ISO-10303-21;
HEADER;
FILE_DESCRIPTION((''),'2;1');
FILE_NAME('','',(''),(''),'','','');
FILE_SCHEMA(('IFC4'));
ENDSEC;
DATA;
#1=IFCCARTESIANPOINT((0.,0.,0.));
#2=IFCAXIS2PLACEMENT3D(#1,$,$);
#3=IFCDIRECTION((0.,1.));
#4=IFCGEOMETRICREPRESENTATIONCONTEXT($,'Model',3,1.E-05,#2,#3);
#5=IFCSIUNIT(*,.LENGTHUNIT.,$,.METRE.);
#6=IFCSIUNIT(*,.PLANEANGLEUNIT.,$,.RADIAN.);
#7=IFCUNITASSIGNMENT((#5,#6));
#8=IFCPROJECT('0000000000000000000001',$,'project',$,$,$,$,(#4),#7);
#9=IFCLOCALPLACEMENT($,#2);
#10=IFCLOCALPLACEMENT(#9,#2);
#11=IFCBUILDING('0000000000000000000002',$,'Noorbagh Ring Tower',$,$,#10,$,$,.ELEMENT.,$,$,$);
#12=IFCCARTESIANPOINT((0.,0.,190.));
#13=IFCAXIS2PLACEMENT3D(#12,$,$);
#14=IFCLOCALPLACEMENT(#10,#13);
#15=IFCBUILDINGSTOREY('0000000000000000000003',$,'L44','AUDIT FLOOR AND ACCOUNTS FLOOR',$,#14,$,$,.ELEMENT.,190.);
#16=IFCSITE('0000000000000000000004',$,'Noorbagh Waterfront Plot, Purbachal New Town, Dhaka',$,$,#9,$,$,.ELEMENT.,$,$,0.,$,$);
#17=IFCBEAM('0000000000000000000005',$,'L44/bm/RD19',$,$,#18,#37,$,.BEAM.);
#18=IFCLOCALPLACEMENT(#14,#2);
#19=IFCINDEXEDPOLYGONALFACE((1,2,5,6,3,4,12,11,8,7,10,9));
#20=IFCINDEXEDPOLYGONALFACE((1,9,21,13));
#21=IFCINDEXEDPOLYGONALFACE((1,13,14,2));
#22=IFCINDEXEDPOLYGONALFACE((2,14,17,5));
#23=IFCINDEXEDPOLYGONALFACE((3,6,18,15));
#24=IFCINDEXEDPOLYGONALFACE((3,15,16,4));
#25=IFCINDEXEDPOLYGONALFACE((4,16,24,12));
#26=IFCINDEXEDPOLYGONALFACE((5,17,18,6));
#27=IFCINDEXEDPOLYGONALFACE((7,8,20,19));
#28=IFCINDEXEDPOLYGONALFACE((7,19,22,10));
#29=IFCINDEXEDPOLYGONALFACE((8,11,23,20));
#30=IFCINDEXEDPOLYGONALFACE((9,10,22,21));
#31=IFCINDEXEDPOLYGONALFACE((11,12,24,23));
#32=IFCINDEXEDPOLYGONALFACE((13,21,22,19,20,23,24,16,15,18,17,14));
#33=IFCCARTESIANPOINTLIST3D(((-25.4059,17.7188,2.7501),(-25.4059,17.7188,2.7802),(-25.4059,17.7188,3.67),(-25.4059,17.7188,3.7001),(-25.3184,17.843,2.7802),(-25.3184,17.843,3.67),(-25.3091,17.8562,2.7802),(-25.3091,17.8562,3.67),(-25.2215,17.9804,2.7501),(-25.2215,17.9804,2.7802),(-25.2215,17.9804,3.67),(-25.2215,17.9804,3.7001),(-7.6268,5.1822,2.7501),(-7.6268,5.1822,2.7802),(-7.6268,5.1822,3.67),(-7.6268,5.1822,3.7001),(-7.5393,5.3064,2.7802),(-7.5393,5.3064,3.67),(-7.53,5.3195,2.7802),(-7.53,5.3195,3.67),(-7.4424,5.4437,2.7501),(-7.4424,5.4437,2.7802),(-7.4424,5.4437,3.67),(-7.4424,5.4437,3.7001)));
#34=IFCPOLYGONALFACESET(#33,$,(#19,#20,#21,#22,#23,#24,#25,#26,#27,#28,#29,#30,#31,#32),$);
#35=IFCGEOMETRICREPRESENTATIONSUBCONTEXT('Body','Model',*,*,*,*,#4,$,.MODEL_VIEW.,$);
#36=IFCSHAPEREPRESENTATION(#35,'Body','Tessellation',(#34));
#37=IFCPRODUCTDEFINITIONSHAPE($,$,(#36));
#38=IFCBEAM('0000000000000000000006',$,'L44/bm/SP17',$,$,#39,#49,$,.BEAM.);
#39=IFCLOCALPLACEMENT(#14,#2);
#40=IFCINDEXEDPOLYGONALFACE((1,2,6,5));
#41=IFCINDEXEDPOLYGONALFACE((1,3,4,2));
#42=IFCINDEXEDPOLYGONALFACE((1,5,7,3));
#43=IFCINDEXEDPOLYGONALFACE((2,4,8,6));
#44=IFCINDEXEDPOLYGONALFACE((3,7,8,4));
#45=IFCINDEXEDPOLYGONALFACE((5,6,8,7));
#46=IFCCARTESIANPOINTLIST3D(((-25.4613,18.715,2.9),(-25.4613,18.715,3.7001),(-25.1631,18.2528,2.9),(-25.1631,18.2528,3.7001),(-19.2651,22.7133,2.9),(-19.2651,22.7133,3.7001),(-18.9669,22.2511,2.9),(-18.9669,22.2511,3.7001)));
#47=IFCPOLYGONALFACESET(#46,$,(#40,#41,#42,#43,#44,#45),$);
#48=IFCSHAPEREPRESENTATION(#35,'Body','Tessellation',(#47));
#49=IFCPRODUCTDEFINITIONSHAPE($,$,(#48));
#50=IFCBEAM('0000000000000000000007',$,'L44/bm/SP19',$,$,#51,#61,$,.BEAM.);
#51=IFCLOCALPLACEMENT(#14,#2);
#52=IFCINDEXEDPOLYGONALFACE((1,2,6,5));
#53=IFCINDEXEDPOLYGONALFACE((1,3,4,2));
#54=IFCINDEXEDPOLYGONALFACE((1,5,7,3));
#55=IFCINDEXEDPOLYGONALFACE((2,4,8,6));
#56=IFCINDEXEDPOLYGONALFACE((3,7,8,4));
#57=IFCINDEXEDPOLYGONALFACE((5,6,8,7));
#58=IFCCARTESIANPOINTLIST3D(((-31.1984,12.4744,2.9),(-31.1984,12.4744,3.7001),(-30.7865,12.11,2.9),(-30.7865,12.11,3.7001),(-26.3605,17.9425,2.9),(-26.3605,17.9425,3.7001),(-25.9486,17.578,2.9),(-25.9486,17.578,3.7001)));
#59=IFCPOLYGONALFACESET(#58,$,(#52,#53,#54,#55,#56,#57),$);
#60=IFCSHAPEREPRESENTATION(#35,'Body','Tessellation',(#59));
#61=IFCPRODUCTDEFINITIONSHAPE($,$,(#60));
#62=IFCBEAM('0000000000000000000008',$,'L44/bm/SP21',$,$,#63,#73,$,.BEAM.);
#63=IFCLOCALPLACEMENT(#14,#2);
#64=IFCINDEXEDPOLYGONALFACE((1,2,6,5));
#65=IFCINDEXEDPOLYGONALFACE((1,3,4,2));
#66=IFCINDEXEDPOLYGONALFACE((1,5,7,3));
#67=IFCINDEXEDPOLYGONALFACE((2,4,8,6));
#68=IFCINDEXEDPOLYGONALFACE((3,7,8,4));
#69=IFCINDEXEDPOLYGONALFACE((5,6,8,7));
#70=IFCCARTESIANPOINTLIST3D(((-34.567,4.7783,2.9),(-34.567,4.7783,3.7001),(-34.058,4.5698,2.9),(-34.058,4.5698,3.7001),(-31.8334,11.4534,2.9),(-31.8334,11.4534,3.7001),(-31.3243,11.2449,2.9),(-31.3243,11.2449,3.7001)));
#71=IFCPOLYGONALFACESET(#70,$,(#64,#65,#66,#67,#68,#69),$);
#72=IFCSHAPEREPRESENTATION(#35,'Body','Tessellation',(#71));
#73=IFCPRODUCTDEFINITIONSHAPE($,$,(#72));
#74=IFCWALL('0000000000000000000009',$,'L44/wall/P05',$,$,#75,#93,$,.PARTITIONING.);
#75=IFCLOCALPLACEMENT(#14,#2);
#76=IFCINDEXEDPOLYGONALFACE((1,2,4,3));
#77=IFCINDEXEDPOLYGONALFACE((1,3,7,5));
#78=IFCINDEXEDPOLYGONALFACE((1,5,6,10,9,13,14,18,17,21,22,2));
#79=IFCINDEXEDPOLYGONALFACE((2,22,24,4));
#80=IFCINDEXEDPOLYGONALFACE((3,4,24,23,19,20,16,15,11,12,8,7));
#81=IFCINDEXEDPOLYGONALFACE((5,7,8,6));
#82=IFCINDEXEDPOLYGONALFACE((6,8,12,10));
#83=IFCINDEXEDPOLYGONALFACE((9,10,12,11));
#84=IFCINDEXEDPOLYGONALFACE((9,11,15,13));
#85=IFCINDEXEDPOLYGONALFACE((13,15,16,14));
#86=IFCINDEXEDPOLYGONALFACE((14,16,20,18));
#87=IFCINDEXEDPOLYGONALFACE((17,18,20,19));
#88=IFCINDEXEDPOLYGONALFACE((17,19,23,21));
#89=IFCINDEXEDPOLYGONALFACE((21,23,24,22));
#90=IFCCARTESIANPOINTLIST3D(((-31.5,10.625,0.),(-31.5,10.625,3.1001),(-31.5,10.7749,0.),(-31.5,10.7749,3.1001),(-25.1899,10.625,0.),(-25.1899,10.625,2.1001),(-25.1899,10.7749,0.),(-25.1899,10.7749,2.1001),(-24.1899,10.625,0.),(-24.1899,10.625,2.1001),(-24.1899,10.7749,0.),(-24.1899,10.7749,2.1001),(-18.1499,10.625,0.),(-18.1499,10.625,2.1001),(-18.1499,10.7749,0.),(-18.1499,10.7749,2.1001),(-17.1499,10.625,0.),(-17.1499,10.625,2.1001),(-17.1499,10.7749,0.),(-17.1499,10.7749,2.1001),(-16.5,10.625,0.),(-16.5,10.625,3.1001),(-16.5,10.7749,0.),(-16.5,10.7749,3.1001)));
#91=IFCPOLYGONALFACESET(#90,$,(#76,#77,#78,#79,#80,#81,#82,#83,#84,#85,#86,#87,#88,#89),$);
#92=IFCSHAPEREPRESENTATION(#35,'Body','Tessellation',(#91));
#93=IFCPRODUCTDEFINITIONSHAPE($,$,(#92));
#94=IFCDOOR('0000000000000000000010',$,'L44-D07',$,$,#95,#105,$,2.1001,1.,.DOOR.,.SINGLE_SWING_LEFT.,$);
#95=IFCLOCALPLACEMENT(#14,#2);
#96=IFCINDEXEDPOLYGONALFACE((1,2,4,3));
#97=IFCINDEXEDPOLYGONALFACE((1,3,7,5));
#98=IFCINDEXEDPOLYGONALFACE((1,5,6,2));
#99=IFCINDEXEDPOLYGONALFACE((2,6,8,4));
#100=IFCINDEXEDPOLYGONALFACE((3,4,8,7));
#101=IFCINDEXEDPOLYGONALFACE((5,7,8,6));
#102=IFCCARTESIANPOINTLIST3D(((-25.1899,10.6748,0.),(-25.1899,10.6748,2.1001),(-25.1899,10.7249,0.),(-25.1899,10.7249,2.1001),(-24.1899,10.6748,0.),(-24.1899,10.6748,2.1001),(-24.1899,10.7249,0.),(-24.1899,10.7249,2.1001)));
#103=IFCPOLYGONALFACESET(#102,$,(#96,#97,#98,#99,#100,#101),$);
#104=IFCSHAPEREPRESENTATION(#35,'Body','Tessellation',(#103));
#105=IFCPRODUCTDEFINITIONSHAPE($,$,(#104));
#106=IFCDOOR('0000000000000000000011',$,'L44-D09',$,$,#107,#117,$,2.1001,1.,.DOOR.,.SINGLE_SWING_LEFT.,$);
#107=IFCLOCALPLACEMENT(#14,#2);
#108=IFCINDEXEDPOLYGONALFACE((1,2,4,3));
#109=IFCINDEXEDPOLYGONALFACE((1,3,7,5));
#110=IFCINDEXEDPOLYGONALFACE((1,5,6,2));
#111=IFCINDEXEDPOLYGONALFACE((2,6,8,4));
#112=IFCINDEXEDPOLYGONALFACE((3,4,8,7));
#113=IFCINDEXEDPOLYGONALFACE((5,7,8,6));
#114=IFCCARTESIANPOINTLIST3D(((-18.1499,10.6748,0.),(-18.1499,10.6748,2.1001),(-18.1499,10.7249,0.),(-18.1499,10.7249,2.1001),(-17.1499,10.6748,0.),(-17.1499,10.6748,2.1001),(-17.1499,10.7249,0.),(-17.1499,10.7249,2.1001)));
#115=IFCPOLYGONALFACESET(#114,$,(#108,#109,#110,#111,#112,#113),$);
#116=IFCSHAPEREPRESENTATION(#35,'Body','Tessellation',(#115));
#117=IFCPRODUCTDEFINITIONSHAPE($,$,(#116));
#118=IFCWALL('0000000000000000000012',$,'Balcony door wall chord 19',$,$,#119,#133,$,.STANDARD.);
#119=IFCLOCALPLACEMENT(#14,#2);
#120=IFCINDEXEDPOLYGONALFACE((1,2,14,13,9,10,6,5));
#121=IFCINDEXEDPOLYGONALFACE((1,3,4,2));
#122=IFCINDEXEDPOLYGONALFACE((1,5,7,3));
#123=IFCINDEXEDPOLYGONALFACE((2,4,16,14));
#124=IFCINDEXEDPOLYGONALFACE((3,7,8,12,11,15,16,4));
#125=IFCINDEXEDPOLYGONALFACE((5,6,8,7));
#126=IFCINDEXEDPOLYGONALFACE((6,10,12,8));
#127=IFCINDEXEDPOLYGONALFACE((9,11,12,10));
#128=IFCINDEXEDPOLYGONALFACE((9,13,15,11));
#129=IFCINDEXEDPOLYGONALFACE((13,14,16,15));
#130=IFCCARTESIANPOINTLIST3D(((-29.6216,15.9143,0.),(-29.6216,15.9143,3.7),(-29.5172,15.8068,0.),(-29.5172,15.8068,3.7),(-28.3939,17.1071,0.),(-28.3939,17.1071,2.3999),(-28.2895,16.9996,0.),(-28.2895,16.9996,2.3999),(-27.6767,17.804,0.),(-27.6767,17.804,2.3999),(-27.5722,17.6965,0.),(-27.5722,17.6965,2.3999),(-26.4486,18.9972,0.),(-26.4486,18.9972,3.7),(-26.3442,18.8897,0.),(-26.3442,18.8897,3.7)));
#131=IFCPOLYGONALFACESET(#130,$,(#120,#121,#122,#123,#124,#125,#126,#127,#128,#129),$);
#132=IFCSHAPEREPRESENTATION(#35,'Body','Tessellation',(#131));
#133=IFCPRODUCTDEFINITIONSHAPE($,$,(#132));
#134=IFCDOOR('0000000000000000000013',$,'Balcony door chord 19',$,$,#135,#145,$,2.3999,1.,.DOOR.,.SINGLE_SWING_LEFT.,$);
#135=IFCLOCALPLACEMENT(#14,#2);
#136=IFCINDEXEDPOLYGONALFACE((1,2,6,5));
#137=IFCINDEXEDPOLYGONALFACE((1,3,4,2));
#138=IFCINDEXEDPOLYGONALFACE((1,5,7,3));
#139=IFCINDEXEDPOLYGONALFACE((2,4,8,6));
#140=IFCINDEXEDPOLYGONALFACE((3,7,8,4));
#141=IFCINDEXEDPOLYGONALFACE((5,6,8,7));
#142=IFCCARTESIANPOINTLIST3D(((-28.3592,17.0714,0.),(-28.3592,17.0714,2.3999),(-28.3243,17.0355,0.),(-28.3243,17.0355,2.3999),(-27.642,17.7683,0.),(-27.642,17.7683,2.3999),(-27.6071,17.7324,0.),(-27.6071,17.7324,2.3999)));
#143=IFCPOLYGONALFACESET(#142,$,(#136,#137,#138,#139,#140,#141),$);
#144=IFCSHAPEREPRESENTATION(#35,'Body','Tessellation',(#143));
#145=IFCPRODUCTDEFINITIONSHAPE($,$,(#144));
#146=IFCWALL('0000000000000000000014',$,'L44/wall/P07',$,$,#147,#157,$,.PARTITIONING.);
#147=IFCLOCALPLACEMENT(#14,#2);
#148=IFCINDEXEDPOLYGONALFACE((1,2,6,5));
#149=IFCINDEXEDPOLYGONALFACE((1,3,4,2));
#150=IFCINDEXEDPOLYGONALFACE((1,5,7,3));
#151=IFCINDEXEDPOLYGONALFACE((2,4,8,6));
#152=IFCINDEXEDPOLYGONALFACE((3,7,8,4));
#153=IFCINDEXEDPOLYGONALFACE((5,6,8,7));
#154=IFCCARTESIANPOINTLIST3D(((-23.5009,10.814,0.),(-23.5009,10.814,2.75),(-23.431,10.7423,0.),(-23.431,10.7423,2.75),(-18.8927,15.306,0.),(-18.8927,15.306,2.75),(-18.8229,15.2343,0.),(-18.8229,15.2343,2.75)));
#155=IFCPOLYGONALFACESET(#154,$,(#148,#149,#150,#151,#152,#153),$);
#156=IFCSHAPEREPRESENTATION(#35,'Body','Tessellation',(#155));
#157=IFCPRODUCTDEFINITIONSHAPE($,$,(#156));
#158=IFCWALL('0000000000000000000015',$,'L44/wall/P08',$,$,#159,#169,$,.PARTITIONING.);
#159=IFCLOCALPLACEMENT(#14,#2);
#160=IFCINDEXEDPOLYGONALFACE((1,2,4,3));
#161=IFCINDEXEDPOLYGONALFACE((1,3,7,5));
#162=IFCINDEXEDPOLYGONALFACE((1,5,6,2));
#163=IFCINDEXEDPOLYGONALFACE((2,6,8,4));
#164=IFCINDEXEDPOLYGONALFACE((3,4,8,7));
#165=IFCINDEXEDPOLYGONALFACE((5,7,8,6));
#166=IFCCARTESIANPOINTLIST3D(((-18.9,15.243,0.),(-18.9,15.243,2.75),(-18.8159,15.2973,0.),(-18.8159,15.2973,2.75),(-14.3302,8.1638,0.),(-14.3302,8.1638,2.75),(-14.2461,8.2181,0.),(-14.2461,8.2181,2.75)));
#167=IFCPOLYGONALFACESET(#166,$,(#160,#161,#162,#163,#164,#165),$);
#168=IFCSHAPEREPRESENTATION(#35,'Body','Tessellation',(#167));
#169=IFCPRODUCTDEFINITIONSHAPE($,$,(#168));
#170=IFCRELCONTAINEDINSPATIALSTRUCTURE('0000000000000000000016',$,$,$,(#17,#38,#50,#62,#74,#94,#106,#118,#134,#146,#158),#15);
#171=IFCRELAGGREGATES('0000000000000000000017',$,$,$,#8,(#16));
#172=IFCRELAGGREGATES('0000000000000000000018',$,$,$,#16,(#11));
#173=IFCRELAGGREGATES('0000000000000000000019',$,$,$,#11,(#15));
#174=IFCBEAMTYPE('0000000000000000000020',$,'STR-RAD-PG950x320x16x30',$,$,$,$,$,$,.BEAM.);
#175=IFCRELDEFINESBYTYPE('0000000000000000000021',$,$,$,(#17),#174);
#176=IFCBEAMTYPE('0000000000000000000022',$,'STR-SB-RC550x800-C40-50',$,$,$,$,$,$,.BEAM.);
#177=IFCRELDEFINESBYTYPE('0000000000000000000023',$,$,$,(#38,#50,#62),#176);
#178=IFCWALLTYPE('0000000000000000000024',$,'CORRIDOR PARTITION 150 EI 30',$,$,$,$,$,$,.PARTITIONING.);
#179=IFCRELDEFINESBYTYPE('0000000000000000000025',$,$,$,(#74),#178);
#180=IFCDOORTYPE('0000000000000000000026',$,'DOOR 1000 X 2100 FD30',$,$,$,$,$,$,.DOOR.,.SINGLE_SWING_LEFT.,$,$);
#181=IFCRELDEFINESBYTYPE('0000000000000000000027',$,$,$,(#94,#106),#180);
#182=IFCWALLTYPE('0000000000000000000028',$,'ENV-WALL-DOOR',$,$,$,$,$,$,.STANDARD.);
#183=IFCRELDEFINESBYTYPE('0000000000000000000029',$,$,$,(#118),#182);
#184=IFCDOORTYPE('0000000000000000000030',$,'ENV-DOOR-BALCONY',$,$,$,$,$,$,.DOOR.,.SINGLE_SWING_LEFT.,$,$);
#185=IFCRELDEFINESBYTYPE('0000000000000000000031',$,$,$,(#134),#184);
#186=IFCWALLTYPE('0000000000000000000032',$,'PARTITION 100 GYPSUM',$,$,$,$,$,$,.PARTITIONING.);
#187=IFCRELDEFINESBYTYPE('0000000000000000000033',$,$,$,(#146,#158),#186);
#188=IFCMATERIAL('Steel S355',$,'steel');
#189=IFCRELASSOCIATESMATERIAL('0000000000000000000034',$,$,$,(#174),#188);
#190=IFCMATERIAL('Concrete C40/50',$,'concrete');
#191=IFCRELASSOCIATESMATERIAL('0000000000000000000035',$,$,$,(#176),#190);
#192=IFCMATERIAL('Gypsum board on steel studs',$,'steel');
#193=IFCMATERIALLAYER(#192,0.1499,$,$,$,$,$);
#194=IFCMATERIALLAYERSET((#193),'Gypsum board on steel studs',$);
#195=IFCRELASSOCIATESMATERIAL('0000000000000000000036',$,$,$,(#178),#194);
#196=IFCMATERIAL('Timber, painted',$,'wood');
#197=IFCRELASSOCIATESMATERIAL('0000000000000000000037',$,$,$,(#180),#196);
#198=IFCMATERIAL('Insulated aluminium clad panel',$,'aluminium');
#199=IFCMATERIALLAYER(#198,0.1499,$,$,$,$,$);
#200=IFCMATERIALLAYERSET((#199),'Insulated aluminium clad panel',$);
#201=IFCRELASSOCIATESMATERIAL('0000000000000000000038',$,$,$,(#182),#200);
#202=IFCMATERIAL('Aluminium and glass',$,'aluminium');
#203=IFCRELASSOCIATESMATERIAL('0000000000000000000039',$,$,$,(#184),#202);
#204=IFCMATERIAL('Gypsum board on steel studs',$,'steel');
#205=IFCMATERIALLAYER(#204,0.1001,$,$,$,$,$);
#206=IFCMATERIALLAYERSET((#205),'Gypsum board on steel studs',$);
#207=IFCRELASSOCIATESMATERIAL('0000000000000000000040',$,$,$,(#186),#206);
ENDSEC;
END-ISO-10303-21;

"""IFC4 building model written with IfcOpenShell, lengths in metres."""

from ifc_helpers import new_model, si_unit, direction, frame, frame_2d, origin, origin_2d, place, context, subcontext, project, spatial, rectangle, i_section, extrude, material, layer, layer_set, material_profile, profile_set, type_object, element, fill, save


model = new_model("IFC4")

# Units and contexts
model_context = context("Model", 3, precision=1e-05, world=origin(), true_north=direction((0.0, 1.0)))
body_context = subcontext(model_context, "Body", "Model", "MODEL_VIEW")
ifc_project = project(units=[si_unit("LENGTHUNIT", "METRE"), si_unit("PLANEANGLEUNIT", "RADIAN")], contexts=[model_context])

# Site, building, storey
site_placement = place(None, origin())
site = spatial("IfcSite", under=ifc_project, at=site_placement, Name="Noorbagh Waterfront Plot, Purbachal New Town, Dhaka", CompositionType="ELEMENT", RefElevation=0.0)
building_placement = place(site_placement, origin())
building = spatial("IfcBuilding", under=site, at=building_placement, Name="Noorbagh Ring Tower", CompositionType="ELEMENT")
storey_placement = place(building_placement, frame((0.0, 0.0, 190.0)))
storey = spatial("IfcBuildingStorey", under=building, at=storey_placement, Name="L44", Description="AUDIT FLOOR AND ACCOUNTS FLOOR", CompositionType="ELEMENT", Elevation=190.0)

# Beams
ifc_material_1 = material(Name="Steel S355", Category="steel")
ifc_material_profile_1 = material_profile(ifc_material_1, i_section(OverallWidth=0.3201, OverallDepth=0.95, WebThickness=0.0161, FlangeThickness=0.03, at=origin_2d()), Name="PG950x320x16x30")
ifc_profile_set_1 = profile_set([ifc_material_profile_1], Name="Steel S355")
beam_type_1 = type_object("IfcBeamType", Name="STR-RAD-PG950x320x16x30", PredefinedType="BEAM", material=ifc_profile_set_1)
beam_1_placement = place(storey_placement, frame((-25.3137, 17.8496, 3.2251), z_axis=(0.817256, -0.576275, 0.0), x_axis=(0.576275, 0.817256, 0.0)))
element("IfcBeam", 1, at=beam_1_placement, inside=storey, type_object=beam_type_1, Name="L44/bm/RD19", PredefinedType="BEAM", context=body_context, shape_type="SweptSolid", body=[
    extrude(i_section(OverallWidth=0.3201, OverallDepth=0.95, WebThickness=0.0161, FlangeThickness=0.03, at=origin_2d()), origin(), (0.0, 0.0, 1.0), 21.7546),
])
ifc_material_2 = material(Name="Concrete C40/50", Category="concrete")
ifc_material_profile_2 = material_profile(ifc_material_2, rectangle(XDim=0.55, YDim=0.8, at=origin_2d()), Name="RC550x800")
ifc_profile_set_2 = profile_set([ifc_material_profile_2], Name="Concrete C40/50")
beam_type_2 = type_object("IfcBeamType", Name="STR-SB-RC550x800-C40-50", PredefinedType="BEAM", material=ifc_profile_set_2)
beam_2_placement = place(storey_placement, frame((-19.116, 22.4822, 3.3), z_axis=(-0.840254, -0.542192, 0.0), x_axis=(0.542192, -0.840254, 0.0)))
element("IfcBeam", 2, at=beam_2_placement, inside=storey, type_object=beam_type_2, Name="L44/bm/SP17", PredefinedType="BEAM", context=body_context, shape_type="SweptSolid", body=[
    extrude(rectangle(XDim=0.55, YDim=0.8, at=origin_2d()), origin(), (0.0, 0.0, 1.0), 7.3743),
])
beam_3_placement = place(storey_placement, frame((-26.1545, 17.7603, 3.3), z_axis=(-0.662635, -0.748942, 0.0), x_axis=(0.748942, -0.662635, 0.0)))
element("IfcBeam", 3, at=beam_3_placement, inside=storey, type_object=beam_type_2, Name="L44/bm/SP19", PredefinedType="BEAM", context=body_context, shape_type="SweptSolid", body=[
    extrude(rectangle(XDim=0.55, YDim=0.8, at=origin_2d()), origin(), (0.0, 0.0, 1.0), 7.301),
])
beam_4_placement = place(storey_placement, frame((-31.5789, 11.3491, 3.3), z_axis=(-0.378982, -0.925404, 0.0), x_axis=(0.925404, -0.378982, 0.0)))
element("IfcBeam", 4, at=beam_4_placement, inside=storey, type_object=beam_type_2, Name="L44/bm/SP21", PredefinedType="BEAM", context=body_context, shape_type="SweptSolid", body=[
    extrude(rectangle(XDim=0.55, YDim=0.8, at=origin_2d()), origin(), (0.0, 0.0, 1.0), 7.2131),
])

# Wall, openings, doors
ifc_material_3 = material(Name="Gypsum board on steel studs", Category="steel")
ifc_layer_1 = layer(ifc_material_3, 0.1499)
ifc_layer_set_1 = layer_set([ifc_layer_1], Name="Gypsum board on steel studs")
wall_type_1 = type_object("IfcWallType", Name="CORRIDOR PARTITION 150 EI 30", PredefinedType="PARTITIONING", material=ifc_layer_set_1)
wall_1_placement = place(storey_placement, frame((-31.5, 10.7, 0.0), z_axis=(0.0, 0.0, 1.0), x_axis=(1.0, 0.0, 0.0)))
wall_1 = element("IfcWall", 5, at=wall_1_placement, inside=storey, type_object=wall_type_1, Name="L44/wall/P05", PredefinedType="PARTITIONING", context=body_context, shape_type="SweptSolid", body=[
    extrude(rectangle(XDim=15.0, YDim=0.1499, at=frame_2d((7.5, 0.0))), origin(), (0.0, 0.0, 1.0), 3.1001),
])
opening_1_placement = place(wall_1_placement, frame((6.3101, 0.0, 0.0)))
opening_1 = element("IfcOpeningElement", 6, at=opening_1_placement, cuts=wall_1, PredefinedType="OPENING", context=body_context, shape_type="SweptSolid", body=[
    extrude(rectangle(XDim=1.0, YDim=2.1001, at=frame_2d((0.5, 1.05))), frame((0.0, 0.085, 0.0), z_axis=(0.0, -1.0, 0.0), x_axis=(1.0, 0.0, 0.0)), (0.0, 0.0, 1.0), 0.1699),
])
opening_2_placement = place(wall_1_placement, frame((13.3501, 0.0, 0.0)))
opening_2 = element("IfcOpeningElement", 7, at=opening_2_placement, cuts=wall_1, PredefinedType="OPENING", context=body_context, shape_type="SweptSolid", body=[
    extrude(rectangle(XDim=1.0, YDim=2.1001, at=frame_2d((0.5, 1.05))), frame((0.0, 0.085, 0.0), z_axis=(0.0, -1.0, 0.0), x_axis=(1.0, 0.0, 0.0)), (0.0, 0.0, 1.0), 0.1699),
])
ifc_material_4 = material(Name="Timber, painted", Category="wood")
door_type_1 = type_object("IfcDoorType", Name="DOOR 1000 X 2100 FD30", OperationType="SINGLE_SWING_LEFT", PredefinedType="DOOR", material=ifc_material_4)
door_1_placement = place(opening_1_placement, origin())
door_1 = element("IfcDoor", 8, at=door_1_placement, inside=storey, type_object=door_type_1, Name="L44-D07", OperationType="SINGLE_SWING_LEFT", OverallHeight=2.1001, OverallWidth=1.0, PredefinedType="DOOR", context=body_context, shape_type="SweptSolid", body=[
    extrude(rectangle(XDim=1.0, YDim=2.1001, at=frame_2d((0.5, 1.05))), frame((0.0, 0.0249, 0.0), z_axis=(0.0, -1.0, 0.0), x_axis=(1.0, 0.0, 0.0)), (0.0, 0.0, 1.0), 0.05),
])
fill(opening_1, door_1)
door_2_placement = place(opening_2_placement, origin())
door_2 = element("IfcDoor", 9, at=door_2_placement, inside=storey, type_object=door_type_1, Name="L44-D09", OperationType="SINGLE_SWING_LEFT", OverallHeight=2.1001, OverallWidth=1.0, PredefinedType="DOOR", context=body_context, shape_type="SweptSolid", body=[
    extrude(rectangle(XDim=1.0, YDim=2.1001, at=frame_2d((0.5, 1.05))), frame((0.0, 0.0249, 0.0), z_axis=(0.0, -1.0, 0.0), x_axis=(1.0, 0.0, 0.0)), (0.0, 0.0, 1.0), 0.05),
])
fill(opening_2, door_2)

# Wall, opening, door
ifc_material_5 = material(Name="Insulated aluminium clad panel", Category="aluminium")
ifc_layer_2 = layer(ifc_material_5, 0.1499)
ifc_layer_set_2 = layer_set([ifc_layer_2], Name="Insulated aluminium clad panel")
wall_type_2 = type_object("IfcWallType", Name="ENV-WALL-DOOR", PredefinedType="STANDARD", material=ifc_layer_set_2)
wall_2_placement = place(storey_placement, frame((-26.3965, 18.9434, 0.0), z_axis=(0.0, 0.0, 1.0), x_axis=(-0.717215, -0.696852, 0.0)))
wall_2 = element("IfcWall", 10, at=wall_2_placement, inside=storey, type_object=wall_type_2, Name="Balcony door wall chord 19", PredefinedType="STANDARD", context=body_context, shape_type="SweptSolid", body=[
    extrude(rectangle(XDim=4.4241, YDim=0.1499, at=frame_2d((2.2119, 0.0))), origin(), (0.0, 0.0, 1.0), 3.7),
])
opening_3_placement = place(wall_2_placement, frame((1.7122, 0.0, 0.0)))
opening_3 = element("IfcOpeningElement", 11, at=opening_3_placement, cuts=wall_2, PredefinedType="OPENING", context=body_context, shape_type="SweptSolid", body=[
    extrude(rectangle(XDim=1.0, YDim=2.3999, at=frame_2d((0.5, 1.2))), frame((0.0, 0.085, 0.0), z_axis=(0.0, -1.0, 0.0), x_axis=(1.0, 0.0, 0.0)), (0.0, 0.0, 1.0), 0.1699),
])
ifc_material_6 = material(Name="Aluminium and glass", Category="aluminium")
door_type_2 = type_object("IfcDoorType", Name="ENV-DOOR-BALCONY", OperationType="SINGLE_SWING_LEFT", PredefinedType="DOOR", material=ifc_material_6)
door_3_placement = place(opening_3_placement, origin())
door_3 = element("IfcDoor", 12, at=door_3_placement, inside=storey, type_object=door_type_2, Name="Balcony door chord 19", OperationType="SINGLE_SWING_LEFT", OverallHeight=2.3999, OverallWidth=1.0, PredefinedType="DOOR", context=body_context, shape_type="SweptSolid", body=[
    extrude(rectangle(XDim=1.0, YDim=2.3999, at=frame_2d((0.5, 1.2))), frame((0.0, 0.0249, 0.0), z_axis=(0.0, -1.0, 0.0), x_axis=(1.0, 0.0, 0.0)), (0.0, 0.0, 1.0), 0.05),
])
fill(opening_3, door_3)

# Walls
ifc_material_7 = material(Name="Gypsum board on steel studs", Category="steel")
ifc_layer_3 = layer(ifc_material_7, 0.1001)
ifc_layer_set_3 = layer_set([ifc_layer_3], Name="Gypsum board on steel studs")
wall_type_3 = type_object("IfcWallType", Name="PARTITION 100 GYPSUM", PredefinedType="PARTITIONING", material=ifc_layer_set_3)
wall_3_placement = place(storey_placement, frame((-23.4661, 10.7781, 0.0), z_axis=(0.0, 0.0, 1.0), x_axis=(0.716078, 0.69802, 0.0)))
element("IfcWall", 13, at=wall_3_placement, inside=storey, type_object=wall_type_3, Name="L44/wall/P07", PredefinedType="PARTITIONING", context=body_context, shape_type="SweptSolid", body=[
    extrude(rectangle(XDim=6.4353, YDim=0.1001, at=frame_2d((3.2178, 0.0))), origin(), (0.0, 0.0, 1.0), 2.75),
])
wall_4_placement = place(storey_placement, frame((-18.8579, 15.27, 0.0), z_axis=(0.0, 0.0, 1.0), x_axis=(0.54235, -0.840153, 0.0)))
element("IfcWall", 14, at=wall_4_placement, inside=storey, type_object=wall_type_3, Name="L44/wall/P08", PredefinedType="PARTITIONING", context=body_context, shape_type="SweptSolid", body=[
    extrude(rectangle(XDim=8.426, YDim=0.1001, at=frame_2d((4.2129, 0.0))), origin(), (0.0, 0.0, 1.0), 2.75),
])

save(model, "model.ifc")
